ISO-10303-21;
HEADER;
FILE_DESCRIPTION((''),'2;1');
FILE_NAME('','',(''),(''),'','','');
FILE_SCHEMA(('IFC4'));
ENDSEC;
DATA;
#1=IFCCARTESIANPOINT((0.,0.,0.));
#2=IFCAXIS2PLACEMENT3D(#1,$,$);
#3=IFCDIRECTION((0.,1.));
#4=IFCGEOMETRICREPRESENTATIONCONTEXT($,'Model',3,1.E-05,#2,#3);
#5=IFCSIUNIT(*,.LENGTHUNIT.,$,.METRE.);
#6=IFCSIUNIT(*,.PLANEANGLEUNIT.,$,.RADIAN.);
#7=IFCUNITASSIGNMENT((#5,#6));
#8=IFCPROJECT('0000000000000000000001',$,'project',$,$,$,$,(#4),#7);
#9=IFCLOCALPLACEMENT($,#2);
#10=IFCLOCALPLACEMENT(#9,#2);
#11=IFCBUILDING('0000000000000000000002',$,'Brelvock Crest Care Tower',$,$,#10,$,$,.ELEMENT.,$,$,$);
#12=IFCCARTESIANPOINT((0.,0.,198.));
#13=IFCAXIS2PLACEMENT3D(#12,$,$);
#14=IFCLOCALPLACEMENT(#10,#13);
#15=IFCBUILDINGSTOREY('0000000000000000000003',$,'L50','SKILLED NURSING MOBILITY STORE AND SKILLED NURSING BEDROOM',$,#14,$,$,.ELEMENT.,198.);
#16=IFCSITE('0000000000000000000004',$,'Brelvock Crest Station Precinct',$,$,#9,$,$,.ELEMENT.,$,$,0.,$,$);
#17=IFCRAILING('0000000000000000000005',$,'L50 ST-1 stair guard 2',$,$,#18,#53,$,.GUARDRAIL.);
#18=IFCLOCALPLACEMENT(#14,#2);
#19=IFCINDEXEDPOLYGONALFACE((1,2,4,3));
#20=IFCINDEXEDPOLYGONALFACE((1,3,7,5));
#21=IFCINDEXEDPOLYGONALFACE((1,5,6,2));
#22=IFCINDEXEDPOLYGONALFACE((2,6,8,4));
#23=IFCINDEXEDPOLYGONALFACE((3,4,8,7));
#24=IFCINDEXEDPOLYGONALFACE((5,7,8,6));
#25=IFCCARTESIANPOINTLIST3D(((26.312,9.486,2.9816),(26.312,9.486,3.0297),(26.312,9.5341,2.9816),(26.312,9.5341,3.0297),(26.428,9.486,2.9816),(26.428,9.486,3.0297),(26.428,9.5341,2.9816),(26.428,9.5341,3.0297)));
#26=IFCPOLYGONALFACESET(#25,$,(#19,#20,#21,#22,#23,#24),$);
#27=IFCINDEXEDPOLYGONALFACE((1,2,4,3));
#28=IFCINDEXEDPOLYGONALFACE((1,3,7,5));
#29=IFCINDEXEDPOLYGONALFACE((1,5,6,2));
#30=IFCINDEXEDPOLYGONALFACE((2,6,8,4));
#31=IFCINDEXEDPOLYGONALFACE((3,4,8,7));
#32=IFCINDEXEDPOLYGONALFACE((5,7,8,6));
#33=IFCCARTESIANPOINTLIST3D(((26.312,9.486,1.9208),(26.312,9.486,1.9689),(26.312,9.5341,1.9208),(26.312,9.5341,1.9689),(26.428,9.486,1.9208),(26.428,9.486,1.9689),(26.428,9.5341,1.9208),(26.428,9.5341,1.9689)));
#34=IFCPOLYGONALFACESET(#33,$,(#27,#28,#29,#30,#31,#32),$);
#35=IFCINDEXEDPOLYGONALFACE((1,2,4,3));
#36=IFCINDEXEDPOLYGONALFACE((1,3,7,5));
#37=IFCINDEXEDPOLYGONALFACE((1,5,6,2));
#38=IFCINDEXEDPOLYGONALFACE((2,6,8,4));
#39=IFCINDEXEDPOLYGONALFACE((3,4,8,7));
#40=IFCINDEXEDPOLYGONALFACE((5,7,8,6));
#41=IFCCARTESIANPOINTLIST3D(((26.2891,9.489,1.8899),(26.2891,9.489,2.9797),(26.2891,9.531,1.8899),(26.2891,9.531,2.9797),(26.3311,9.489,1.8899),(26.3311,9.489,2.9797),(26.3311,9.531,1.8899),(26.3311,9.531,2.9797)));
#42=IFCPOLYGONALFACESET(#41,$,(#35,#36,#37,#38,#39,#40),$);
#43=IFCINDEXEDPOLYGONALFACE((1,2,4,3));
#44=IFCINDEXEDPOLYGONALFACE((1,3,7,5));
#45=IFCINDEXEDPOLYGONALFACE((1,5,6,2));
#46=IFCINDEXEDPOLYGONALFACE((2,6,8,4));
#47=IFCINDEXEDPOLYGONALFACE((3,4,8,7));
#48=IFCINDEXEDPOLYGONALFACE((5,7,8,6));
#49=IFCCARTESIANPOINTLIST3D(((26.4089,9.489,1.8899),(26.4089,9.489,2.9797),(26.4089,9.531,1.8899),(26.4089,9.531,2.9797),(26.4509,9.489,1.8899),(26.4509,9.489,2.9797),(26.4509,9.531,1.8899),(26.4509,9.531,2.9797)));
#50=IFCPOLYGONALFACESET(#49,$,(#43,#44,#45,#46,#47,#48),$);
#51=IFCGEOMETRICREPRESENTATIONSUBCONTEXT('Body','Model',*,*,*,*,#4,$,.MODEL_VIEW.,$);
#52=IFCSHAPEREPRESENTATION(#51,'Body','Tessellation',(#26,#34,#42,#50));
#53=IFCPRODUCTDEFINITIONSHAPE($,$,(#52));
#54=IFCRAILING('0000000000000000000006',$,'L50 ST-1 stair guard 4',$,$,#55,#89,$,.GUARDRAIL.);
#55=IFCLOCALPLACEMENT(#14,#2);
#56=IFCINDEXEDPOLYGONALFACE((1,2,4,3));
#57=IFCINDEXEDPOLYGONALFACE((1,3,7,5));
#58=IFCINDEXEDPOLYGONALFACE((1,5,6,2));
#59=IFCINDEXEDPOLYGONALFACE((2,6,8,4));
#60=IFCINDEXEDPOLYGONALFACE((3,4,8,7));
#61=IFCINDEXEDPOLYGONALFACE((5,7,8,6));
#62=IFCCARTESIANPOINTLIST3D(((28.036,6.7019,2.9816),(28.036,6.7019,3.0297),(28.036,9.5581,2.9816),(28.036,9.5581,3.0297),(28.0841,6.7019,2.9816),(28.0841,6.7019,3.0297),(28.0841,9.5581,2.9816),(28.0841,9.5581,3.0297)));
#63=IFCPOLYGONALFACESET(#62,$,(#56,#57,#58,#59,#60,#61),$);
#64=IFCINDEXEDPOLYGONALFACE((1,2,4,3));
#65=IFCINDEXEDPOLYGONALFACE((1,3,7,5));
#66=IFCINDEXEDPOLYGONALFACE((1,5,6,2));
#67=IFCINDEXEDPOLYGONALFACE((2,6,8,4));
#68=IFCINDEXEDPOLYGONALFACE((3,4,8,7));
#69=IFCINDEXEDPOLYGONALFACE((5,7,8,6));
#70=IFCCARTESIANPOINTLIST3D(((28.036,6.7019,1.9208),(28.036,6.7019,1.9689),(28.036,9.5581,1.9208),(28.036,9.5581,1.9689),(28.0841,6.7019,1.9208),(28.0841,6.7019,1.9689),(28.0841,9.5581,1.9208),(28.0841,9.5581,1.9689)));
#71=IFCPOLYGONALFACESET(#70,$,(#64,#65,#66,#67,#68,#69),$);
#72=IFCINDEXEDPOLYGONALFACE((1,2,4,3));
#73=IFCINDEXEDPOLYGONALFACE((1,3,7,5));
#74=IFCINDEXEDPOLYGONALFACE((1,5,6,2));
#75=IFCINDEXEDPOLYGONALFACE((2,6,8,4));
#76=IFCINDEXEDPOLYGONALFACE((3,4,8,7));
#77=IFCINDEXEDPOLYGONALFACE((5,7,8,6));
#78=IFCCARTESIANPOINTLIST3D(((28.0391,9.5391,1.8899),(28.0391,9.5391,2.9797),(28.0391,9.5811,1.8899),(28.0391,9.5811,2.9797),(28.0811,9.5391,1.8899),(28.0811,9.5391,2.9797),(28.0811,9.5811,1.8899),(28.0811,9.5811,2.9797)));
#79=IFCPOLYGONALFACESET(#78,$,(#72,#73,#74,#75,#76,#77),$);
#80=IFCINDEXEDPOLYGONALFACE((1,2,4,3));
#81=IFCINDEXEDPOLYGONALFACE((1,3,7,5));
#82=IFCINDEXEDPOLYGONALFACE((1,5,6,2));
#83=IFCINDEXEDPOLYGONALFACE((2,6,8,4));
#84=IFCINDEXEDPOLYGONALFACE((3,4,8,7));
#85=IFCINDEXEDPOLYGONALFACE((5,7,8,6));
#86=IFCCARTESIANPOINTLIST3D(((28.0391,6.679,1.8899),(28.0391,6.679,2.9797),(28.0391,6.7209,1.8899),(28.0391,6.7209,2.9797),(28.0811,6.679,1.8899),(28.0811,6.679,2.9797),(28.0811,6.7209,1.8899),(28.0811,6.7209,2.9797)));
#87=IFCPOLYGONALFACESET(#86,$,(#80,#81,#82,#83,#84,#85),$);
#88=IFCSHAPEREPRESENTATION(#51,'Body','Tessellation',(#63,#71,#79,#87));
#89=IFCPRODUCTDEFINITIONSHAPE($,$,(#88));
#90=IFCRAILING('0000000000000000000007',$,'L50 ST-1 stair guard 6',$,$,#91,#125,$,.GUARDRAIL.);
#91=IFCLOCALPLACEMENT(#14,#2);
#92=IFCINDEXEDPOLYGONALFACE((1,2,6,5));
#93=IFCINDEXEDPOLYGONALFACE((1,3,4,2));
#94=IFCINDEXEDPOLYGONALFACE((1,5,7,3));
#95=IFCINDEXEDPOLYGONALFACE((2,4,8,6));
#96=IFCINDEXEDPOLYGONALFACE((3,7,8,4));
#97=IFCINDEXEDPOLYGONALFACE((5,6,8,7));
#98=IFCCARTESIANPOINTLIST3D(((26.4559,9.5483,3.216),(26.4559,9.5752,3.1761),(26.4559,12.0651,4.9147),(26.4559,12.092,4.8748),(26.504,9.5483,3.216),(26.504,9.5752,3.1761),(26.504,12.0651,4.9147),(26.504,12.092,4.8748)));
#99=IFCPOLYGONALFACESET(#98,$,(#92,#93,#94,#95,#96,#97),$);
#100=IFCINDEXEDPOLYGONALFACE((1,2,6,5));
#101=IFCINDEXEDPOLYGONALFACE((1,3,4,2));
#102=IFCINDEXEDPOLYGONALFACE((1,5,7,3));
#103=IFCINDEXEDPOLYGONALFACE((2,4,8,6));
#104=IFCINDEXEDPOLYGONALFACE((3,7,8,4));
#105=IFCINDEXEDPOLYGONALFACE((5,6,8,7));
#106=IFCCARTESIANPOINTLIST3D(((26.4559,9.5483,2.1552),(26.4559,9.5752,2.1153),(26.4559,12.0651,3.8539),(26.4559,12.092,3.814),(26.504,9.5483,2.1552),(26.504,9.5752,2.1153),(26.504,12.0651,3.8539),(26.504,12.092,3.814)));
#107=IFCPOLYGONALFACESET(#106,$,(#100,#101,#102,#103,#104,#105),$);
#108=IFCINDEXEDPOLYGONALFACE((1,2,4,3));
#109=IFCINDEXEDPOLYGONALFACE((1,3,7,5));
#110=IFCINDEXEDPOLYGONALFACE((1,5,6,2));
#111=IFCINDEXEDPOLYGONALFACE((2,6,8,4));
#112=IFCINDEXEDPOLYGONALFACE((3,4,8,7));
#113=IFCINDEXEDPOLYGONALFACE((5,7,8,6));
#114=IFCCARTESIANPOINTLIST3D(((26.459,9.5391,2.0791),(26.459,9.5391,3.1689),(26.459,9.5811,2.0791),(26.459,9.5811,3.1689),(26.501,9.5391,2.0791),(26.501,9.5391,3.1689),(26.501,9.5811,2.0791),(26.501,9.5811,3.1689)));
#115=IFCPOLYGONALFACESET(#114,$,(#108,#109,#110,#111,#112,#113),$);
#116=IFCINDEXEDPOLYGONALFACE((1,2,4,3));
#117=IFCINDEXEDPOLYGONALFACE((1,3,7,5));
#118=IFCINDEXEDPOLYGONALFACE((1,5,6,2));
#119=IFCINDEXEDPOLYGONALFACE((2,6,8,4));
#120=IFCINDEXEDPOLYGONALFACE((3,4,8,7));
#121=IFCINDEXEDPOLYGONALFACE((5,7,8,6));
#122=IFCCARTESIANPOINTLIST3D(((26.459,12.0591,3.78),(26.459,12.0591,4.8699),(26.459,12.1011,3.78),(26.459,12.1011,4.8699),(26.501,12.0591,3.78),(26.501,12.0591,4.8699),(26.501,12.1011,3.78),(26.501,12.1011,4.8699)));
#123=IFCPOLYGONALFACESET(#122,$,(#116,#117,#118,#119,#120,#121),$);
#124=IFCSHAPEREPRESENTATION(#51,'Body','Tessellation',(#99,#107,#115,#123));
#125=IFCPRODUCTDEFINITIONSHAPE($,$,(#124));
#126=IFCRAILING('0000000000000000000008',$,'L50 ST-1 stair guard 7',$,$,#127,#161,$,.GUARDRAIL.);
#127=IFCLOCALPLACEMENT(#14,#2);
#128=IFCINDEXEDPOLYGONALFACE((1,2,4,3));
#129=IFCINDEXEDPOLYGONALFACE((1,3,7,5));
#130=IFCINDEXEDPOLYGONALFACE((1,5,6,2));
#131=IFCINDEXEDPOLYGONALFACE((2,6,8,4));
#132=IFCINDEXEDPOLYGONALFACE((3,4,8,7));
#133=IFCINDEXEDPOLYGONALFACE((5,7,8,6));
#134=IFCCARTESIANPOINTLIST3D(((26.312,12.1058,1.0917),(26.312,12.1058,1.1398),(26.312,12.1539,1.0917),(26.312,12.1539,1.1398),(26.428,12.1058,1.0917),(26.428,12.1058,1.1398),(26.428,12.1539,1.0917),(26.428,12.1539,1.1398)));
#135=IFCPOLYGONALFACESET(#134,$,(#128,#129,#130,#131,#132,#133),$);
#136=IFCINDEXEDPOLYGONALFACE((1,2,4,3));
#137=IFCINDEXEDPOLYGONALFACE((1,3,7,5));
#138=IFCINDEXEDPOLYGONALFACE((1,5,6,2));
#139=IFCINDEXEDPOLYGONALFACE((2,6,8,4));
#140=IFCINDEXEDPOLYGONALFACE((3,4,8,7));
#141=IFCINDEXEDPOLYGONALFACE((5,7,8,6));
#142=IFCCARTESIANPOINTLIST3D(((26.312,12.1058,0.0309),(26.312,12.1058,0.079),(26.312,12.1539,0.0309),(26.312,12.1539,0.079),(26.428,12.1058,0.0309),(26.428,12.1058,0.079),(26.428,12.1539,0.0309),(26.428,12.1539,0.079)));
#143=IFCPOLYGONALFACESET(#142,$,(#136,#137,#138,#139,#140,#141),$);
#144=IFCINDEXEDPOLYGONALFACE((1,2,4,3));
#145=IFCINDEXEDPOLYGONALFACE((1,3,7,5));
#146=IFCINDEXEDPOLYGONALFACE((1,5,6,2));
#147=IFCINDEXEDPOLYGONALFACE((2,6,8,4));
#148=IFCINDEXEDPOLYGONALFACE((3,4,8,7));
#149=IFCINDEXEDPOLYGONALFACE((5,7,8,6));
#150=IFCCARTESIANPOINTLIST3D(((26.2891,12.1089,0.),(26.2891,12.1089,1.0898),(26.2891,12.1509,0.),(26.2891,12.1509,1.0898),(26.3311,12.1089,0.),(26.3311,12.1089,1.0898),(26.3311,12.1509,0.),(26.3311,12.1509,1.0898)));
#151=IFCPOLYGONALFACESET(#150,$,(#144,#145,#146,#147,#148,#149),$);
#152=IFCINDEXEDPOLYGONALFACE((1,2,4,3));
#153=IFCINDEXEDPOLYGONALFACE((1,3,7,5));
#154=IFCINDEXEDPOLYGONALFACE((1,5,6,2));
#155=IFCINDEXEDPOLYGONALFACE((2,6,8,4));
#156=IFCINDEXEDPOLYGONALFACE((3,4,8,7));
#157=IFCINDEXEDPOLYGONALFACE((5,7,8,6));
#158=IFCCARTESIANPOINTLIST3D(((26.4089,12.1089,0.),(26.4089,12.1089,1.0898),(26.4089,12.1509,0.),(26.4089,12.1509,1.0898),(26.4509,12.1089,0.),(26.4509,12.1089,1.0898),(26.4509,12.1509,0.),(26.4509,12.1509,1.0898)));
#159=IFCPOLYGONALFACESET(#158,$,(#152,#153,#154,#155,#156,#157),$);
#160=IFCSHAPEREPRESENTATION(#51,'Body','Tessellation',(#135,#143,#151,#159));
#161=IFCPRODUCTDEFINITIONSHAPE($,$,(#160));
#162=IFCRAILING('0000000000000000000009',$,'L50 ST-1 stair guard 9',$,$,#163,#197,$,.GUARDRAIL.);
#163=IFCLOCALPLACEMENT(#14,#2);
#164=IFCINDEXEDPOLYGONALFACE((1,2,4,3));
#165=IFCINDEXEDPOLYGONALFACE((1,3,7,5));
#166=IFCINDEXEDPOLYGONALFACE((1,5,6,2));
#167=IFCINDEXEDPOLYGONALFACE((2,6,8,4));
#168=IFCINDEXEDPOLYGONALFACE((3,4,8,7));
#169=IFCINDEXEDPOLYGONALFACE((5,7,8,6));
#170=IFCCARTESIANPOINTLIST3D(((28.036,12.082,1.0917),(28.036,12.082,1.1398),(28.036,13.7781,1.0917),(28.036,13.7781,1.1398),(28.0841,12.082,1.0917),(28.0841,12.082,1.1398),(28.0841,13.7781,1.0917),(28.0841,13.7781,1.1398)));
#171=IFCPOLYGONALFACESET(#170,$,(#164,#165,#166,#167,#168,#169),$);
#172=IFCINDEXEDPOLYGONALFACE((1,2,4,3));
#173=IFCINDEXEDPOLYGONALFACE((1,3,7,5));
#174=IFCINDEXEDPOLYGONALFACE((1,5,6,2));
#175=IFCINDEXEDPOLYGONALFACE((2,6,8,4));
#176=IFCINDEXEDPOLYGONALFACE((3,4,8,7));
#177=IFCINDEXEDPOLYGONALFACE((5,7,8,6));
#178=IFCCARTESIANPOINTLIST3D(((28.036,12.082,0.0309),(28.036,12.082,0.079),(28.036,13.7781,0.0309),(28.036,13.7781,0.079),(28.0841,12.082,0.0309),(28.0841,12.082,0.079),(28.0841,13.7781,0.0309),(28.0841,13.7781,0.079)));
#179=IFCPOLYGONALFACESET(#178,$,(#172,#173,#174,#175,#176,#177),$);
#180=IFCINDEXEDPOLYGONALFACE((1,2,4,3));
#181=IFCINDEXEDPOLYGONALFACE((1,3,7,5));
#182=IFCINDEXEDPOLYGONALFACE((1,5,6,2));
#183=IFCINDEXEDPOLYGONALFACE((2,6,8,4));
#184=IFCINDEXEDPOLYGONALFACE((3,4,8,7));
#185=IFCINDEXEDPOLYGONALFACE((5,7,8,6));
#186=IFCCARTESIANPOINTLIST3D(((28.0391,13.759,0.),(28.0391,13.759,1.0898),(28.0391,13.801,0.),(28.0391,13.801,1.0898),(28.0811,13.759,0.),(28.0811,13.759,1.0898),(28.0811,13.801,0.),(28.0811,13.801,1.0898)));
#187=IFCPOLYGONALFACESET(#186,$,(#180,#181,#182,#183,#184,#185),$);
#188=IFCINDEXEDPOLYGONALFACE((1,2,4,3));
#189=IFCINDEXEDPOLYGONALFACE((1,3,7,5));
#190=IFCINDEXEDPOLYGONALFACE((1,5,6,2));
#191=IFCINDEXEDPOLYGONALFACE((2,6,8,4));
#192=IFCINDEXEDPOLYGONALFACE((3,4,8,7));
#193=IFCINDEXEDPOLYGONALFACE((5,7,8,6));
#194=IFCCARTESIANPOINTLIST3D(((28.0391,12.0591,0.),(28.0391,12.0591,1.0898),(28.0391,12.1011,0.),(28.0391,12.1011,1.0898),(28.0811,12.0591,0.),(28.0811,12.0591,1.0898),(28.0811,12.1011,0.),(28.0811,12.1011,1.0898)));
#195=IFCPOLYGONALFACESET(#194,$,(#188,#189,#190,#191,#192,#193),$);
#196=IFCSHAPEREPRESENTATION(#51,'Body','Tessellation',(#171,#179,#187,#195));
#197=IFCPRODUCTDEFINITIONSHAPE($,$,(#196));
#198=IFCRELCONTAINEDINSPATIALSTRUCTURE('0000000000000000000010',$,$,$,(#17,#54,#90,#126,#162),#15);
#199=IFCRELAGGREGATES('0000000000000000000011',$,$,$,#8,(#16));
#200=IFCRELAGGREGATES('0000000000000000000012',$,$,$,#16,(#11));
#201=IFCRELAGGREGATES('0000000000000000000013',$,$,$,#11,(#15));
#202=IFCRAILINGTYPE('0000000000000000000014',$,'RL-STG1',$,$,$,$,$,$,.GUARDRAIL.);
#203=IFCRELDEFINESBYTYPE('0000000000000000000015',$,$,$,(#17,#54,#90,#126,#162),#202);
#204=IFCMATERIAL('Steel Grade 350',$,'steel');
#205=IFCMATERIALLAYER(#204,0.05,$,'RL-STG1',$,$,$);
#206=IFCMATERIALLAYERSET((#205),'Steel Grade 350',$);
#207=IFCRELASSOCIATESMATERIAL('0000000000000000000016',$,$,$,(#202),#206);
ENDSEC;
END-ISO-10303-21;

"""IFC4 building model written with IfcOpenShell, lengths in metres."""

from ifc_helpers import new_model, si_unit, direction, frame, origin, origin_2d, place, context, subcontext, project, spatial, rectangle, extrude, material, layer, layer_set, type_object, element, save


model = new_model("IFC4")

# Units and contexts
model_context = context("Model", 3, precision=1e-05, world=origin(), true_north=direction((0.0, 1.0)))
body_context = subcontext(model_context, "Body", "Model", "MODEL_VIEW")
ifc_project = project(units=[si_unit("LENGTHUNIT", "METRE"), si_unit("PLANEANGLEUNIT", "RADIAN")], contexts=[model_context])

# Site, building, storey
site_placement = place(None, origin())
site = spatial("IfcSite", under=ifc_project, at=site_placement, Name="Brelvock Crest Station Precinct", CompositionType="ELEMENT", RefElevation=0.0)
building_placement = place(site_placement, origin())
building = spatial("IfcBuilding", under=site, at=building_placement, Name="Brelvock Crest Care Tower", CompositionType="ELEMENT")
storey_placement = place(building_placement, frame((0.0, 0.0, 198.0)))
storey = spatial("IfcBuildingStorey", under=building, at=storey_placement, Name="L50", Description="SKILLED NURSING MOBILITY STORE AND SKILLED NURSING BEDROOM", CompositionType="ELEMENT", Elevation=198.0)

# Shared definitions
ifc_material_1 = material(Name="Steel Grade 350", Category="steel")

# Railings
ifc_layer_1 = layer(ifc_material_1, 0.05, Name="RL-STG1")
ifc_layer_set_1 = layer_set([ifc_layer_1], Name="Steel Grade 350")
railing_type_1 = type_object("IfcRailingType", Name="RL-STG1", PredefinedType="GUARDRAIL", material=ifc_layer_set_1)
railing_1_placement = place(storey_placement, frame((26.3101, 9.51, 1.8899)))
element("IfcRailing", 1, at=railing_1_placement, inside=storey, type_object=railing_type_1, Name="L50 ST-1 stair guard 2", PredefinedType="GUARDRAIL", context=body_context, shape_type="SweptSolid", body=[
    extrude(rectangle(XDim=0.0481, YDim=0.0481, at=origin_2d()), frame((0.002, 0.0, 1.1157), z_axis=(1.0, 0.0, 0.0), x_axis=(0.0, 1.0, 0.0)), (0.0, 0.0, 1.0), 0.116),
    extrude(rectangle(XDim=0.0481, YDim=0.0481, at=origin_2d()), frame((0.002, 0.0, 0.0549), z_axis=(1.0, 0.0, 0.0), x_axis=(0.0, 1.0, 0.0)), (0.0, 0.0, 1.0), 0.116),
    extrude(rectangle(XDim=0.042, YDim=0.042, at=origin_2d()), origin(), (0.0, 0.0, 1.0), 1.0898),
    extrude(rectangle(XDim=0.042, YDim=0.042, at=origin_2d()), frame((0.1199, 0.0, 0.0)), (0.0, 0.0, 1.0), 1.0898),
])
railing_2_placement = place(storey_placement, frame((28.0601, 9.5601, 1.8899)))
element("IfcRailing", 2, at=railing_2_placement, inside=storey, type_object=railing_type_1, Name="L50 ST-1 stair guard 4", PredefinedType="GUARDRAIL", context=body_context, shape_type="SweptSolid", body=[
    extrude(rectangle(XDim=0.0481, YDim=0.0481, at=origin_2d()), frame((0.0, -0.002, 1.1157), z_axis=(0.0, -1.0, 0.0), x_axis=(1.0, 0.0, 0.0)), (0.0, 0.0, 1.0), 2.8562),
    extrude(rectangle(XDim=0.0481, YDim=0.0481, at=origin_2d()), frame((0.0, -0.002, 0.0549), z_axis=(0.0, -1.0, 0.0), x_axis=(1.0, 0.0, 0.0)), (0.0, 0.0, 1.0), 2.8562),
    extrude(rectangle(XDim=0.042, YDim=0.042, at=origin_2d()), origin(), (0.0, 0.0, 1.0), 1.0898),
    extrude(rectangle(XDim=0.042, YDim=0.042, at=origin_2d()), frame((0.0, -2.8601, 0.0)), (0.0, 0.0, 1.0), 1.0898),
])
railing_3_placement = place(storey_placement, frame((26.48, 9.5601, 2.0791)))
element("IfcRailing", 3, at=railing_3_placement, inside=storey, type_object=railing_type_1, Name="L50 ST-1 stair guard 6", PredefinedType="GUARDRAIL", context=body_context, shape_type="SweptSolid", body=[
    extrude(rectangle(XDim=0.0481, YDim=0.0481, at=origin_2d()), frame((0.0, 0.0017, 1.1169), z_axis=(0.0, 0.828862, 0.559454), x_axis=(-1.0, 0.0, 0.0)), (0.0, 0.0, 1.0), 3.0364),
    extrude(rectangle(XDim=0.0481, YDim=0.0481, at=origin_2d()), frame((0.0, 0.0017, 0.0562), z_axis=(0.0, 0.828862, 0.559454), x_axis=(-1.0, 0.0, 0.0)), (0.0, 0.0, 1.0), 3.0364),
    extrude(rectangle(XDim=0.042, YDim=0.042, at=origin_2d()), origin(), (0.0, 0.0, 1.0), 1.0898),
    extrude(rectangle(XDim=0.042, YDim=0.042, at=origin_2d()), frame((0.0, 2.52, 1.7009)), (0.0, 0.0, 1.0), 1.0898),
])
railing_4_placement = place(storey_placement, frame((26.3101, 12.1299, 0.0)))
element("IfcRailing", 4, at=railing_4_placement, inside=storey, type_object=railing_type_1, Name="L50 ST-1 stair guard 7", PredefinedType="GUARDRAIL", context=body_context, shape_type="SweptSolid", body=[
    extrude(rectangle(XDim=0.0481, YDim=0.0481, at=origin_2d()), frame((0.002, 0.0, 1.1157), z_axis=(1.0, 0.0, 0.0), x_axis=(0.0, 1.0, 0.0)), (0.0, 0.0, 1.0), 0.116),
    extrude(rectangle(XDim=0.0481, YDim=0.0481, at=origin_2d()), frame((0.002, 0.0, 0.0549), z_axis=(1.0, 0.0, 0.0), x_axis=(0.0, 1.0, 0.0)), (0.0, 0.0, 1.0), 0.116),
    extrude(rectangle(XDim=0.042, YDim=0.042, at=origin_2d()), origin(), (0.0, 0.0, 1.0), 1.0898),
    extrude(rectangle(XDim=0.042, YDim=0.042, at=origin_2d()), frame((0.1199, 0.0, 0.0)), (0.0, 0.0, 1.0), 1.0898),
])
railing_5_placement = place(storey_placement, frame((28.0601, 13.78, 0.0)))
element("IfcRailing", 5, at=railing_5_placement, inside=storey, type_object=railing_type_1, Name="L50 ST-1 stair guard 9", PredefinedType="GUARDRAIL", context=body_context, shape_type="SweptSolid", body=[
    extrude(rectangle(XDim=0.0481, YDim=0.0481, at=origin_2d()), frame((0.0, -0.002, 1.1157), z_axis=(0.0, -1.0, 0.0), x_axis=(1.0, 0.0, 0.0)), (0.0, 0.0, 1.0), 1.696),
    extrude(rectangle(XDim=0.0481, YDim=0.0481, at=origin_2d()), frame((0.0, -0.002, 0.0549), z_axis=(0.0, -1.0, 0.0), x_axis=(1.0, 0.0, 0.0)), (0.0, 0.0, 1.0), 1.696),
    extrude(rectangle(XDim=0.042, YDim=0.042, at=origin_2d()), origin(), (0.0, 0.0, 1.0), 1.0898),
    extrude(rectangle(XDim=0.042, YDim=0.042, at=origin_2d()), frame((0.0, -1.7, 0.0)), (0.0, 0.0, 1.0), 1.0898),
])

save(model, "model.ifc")
